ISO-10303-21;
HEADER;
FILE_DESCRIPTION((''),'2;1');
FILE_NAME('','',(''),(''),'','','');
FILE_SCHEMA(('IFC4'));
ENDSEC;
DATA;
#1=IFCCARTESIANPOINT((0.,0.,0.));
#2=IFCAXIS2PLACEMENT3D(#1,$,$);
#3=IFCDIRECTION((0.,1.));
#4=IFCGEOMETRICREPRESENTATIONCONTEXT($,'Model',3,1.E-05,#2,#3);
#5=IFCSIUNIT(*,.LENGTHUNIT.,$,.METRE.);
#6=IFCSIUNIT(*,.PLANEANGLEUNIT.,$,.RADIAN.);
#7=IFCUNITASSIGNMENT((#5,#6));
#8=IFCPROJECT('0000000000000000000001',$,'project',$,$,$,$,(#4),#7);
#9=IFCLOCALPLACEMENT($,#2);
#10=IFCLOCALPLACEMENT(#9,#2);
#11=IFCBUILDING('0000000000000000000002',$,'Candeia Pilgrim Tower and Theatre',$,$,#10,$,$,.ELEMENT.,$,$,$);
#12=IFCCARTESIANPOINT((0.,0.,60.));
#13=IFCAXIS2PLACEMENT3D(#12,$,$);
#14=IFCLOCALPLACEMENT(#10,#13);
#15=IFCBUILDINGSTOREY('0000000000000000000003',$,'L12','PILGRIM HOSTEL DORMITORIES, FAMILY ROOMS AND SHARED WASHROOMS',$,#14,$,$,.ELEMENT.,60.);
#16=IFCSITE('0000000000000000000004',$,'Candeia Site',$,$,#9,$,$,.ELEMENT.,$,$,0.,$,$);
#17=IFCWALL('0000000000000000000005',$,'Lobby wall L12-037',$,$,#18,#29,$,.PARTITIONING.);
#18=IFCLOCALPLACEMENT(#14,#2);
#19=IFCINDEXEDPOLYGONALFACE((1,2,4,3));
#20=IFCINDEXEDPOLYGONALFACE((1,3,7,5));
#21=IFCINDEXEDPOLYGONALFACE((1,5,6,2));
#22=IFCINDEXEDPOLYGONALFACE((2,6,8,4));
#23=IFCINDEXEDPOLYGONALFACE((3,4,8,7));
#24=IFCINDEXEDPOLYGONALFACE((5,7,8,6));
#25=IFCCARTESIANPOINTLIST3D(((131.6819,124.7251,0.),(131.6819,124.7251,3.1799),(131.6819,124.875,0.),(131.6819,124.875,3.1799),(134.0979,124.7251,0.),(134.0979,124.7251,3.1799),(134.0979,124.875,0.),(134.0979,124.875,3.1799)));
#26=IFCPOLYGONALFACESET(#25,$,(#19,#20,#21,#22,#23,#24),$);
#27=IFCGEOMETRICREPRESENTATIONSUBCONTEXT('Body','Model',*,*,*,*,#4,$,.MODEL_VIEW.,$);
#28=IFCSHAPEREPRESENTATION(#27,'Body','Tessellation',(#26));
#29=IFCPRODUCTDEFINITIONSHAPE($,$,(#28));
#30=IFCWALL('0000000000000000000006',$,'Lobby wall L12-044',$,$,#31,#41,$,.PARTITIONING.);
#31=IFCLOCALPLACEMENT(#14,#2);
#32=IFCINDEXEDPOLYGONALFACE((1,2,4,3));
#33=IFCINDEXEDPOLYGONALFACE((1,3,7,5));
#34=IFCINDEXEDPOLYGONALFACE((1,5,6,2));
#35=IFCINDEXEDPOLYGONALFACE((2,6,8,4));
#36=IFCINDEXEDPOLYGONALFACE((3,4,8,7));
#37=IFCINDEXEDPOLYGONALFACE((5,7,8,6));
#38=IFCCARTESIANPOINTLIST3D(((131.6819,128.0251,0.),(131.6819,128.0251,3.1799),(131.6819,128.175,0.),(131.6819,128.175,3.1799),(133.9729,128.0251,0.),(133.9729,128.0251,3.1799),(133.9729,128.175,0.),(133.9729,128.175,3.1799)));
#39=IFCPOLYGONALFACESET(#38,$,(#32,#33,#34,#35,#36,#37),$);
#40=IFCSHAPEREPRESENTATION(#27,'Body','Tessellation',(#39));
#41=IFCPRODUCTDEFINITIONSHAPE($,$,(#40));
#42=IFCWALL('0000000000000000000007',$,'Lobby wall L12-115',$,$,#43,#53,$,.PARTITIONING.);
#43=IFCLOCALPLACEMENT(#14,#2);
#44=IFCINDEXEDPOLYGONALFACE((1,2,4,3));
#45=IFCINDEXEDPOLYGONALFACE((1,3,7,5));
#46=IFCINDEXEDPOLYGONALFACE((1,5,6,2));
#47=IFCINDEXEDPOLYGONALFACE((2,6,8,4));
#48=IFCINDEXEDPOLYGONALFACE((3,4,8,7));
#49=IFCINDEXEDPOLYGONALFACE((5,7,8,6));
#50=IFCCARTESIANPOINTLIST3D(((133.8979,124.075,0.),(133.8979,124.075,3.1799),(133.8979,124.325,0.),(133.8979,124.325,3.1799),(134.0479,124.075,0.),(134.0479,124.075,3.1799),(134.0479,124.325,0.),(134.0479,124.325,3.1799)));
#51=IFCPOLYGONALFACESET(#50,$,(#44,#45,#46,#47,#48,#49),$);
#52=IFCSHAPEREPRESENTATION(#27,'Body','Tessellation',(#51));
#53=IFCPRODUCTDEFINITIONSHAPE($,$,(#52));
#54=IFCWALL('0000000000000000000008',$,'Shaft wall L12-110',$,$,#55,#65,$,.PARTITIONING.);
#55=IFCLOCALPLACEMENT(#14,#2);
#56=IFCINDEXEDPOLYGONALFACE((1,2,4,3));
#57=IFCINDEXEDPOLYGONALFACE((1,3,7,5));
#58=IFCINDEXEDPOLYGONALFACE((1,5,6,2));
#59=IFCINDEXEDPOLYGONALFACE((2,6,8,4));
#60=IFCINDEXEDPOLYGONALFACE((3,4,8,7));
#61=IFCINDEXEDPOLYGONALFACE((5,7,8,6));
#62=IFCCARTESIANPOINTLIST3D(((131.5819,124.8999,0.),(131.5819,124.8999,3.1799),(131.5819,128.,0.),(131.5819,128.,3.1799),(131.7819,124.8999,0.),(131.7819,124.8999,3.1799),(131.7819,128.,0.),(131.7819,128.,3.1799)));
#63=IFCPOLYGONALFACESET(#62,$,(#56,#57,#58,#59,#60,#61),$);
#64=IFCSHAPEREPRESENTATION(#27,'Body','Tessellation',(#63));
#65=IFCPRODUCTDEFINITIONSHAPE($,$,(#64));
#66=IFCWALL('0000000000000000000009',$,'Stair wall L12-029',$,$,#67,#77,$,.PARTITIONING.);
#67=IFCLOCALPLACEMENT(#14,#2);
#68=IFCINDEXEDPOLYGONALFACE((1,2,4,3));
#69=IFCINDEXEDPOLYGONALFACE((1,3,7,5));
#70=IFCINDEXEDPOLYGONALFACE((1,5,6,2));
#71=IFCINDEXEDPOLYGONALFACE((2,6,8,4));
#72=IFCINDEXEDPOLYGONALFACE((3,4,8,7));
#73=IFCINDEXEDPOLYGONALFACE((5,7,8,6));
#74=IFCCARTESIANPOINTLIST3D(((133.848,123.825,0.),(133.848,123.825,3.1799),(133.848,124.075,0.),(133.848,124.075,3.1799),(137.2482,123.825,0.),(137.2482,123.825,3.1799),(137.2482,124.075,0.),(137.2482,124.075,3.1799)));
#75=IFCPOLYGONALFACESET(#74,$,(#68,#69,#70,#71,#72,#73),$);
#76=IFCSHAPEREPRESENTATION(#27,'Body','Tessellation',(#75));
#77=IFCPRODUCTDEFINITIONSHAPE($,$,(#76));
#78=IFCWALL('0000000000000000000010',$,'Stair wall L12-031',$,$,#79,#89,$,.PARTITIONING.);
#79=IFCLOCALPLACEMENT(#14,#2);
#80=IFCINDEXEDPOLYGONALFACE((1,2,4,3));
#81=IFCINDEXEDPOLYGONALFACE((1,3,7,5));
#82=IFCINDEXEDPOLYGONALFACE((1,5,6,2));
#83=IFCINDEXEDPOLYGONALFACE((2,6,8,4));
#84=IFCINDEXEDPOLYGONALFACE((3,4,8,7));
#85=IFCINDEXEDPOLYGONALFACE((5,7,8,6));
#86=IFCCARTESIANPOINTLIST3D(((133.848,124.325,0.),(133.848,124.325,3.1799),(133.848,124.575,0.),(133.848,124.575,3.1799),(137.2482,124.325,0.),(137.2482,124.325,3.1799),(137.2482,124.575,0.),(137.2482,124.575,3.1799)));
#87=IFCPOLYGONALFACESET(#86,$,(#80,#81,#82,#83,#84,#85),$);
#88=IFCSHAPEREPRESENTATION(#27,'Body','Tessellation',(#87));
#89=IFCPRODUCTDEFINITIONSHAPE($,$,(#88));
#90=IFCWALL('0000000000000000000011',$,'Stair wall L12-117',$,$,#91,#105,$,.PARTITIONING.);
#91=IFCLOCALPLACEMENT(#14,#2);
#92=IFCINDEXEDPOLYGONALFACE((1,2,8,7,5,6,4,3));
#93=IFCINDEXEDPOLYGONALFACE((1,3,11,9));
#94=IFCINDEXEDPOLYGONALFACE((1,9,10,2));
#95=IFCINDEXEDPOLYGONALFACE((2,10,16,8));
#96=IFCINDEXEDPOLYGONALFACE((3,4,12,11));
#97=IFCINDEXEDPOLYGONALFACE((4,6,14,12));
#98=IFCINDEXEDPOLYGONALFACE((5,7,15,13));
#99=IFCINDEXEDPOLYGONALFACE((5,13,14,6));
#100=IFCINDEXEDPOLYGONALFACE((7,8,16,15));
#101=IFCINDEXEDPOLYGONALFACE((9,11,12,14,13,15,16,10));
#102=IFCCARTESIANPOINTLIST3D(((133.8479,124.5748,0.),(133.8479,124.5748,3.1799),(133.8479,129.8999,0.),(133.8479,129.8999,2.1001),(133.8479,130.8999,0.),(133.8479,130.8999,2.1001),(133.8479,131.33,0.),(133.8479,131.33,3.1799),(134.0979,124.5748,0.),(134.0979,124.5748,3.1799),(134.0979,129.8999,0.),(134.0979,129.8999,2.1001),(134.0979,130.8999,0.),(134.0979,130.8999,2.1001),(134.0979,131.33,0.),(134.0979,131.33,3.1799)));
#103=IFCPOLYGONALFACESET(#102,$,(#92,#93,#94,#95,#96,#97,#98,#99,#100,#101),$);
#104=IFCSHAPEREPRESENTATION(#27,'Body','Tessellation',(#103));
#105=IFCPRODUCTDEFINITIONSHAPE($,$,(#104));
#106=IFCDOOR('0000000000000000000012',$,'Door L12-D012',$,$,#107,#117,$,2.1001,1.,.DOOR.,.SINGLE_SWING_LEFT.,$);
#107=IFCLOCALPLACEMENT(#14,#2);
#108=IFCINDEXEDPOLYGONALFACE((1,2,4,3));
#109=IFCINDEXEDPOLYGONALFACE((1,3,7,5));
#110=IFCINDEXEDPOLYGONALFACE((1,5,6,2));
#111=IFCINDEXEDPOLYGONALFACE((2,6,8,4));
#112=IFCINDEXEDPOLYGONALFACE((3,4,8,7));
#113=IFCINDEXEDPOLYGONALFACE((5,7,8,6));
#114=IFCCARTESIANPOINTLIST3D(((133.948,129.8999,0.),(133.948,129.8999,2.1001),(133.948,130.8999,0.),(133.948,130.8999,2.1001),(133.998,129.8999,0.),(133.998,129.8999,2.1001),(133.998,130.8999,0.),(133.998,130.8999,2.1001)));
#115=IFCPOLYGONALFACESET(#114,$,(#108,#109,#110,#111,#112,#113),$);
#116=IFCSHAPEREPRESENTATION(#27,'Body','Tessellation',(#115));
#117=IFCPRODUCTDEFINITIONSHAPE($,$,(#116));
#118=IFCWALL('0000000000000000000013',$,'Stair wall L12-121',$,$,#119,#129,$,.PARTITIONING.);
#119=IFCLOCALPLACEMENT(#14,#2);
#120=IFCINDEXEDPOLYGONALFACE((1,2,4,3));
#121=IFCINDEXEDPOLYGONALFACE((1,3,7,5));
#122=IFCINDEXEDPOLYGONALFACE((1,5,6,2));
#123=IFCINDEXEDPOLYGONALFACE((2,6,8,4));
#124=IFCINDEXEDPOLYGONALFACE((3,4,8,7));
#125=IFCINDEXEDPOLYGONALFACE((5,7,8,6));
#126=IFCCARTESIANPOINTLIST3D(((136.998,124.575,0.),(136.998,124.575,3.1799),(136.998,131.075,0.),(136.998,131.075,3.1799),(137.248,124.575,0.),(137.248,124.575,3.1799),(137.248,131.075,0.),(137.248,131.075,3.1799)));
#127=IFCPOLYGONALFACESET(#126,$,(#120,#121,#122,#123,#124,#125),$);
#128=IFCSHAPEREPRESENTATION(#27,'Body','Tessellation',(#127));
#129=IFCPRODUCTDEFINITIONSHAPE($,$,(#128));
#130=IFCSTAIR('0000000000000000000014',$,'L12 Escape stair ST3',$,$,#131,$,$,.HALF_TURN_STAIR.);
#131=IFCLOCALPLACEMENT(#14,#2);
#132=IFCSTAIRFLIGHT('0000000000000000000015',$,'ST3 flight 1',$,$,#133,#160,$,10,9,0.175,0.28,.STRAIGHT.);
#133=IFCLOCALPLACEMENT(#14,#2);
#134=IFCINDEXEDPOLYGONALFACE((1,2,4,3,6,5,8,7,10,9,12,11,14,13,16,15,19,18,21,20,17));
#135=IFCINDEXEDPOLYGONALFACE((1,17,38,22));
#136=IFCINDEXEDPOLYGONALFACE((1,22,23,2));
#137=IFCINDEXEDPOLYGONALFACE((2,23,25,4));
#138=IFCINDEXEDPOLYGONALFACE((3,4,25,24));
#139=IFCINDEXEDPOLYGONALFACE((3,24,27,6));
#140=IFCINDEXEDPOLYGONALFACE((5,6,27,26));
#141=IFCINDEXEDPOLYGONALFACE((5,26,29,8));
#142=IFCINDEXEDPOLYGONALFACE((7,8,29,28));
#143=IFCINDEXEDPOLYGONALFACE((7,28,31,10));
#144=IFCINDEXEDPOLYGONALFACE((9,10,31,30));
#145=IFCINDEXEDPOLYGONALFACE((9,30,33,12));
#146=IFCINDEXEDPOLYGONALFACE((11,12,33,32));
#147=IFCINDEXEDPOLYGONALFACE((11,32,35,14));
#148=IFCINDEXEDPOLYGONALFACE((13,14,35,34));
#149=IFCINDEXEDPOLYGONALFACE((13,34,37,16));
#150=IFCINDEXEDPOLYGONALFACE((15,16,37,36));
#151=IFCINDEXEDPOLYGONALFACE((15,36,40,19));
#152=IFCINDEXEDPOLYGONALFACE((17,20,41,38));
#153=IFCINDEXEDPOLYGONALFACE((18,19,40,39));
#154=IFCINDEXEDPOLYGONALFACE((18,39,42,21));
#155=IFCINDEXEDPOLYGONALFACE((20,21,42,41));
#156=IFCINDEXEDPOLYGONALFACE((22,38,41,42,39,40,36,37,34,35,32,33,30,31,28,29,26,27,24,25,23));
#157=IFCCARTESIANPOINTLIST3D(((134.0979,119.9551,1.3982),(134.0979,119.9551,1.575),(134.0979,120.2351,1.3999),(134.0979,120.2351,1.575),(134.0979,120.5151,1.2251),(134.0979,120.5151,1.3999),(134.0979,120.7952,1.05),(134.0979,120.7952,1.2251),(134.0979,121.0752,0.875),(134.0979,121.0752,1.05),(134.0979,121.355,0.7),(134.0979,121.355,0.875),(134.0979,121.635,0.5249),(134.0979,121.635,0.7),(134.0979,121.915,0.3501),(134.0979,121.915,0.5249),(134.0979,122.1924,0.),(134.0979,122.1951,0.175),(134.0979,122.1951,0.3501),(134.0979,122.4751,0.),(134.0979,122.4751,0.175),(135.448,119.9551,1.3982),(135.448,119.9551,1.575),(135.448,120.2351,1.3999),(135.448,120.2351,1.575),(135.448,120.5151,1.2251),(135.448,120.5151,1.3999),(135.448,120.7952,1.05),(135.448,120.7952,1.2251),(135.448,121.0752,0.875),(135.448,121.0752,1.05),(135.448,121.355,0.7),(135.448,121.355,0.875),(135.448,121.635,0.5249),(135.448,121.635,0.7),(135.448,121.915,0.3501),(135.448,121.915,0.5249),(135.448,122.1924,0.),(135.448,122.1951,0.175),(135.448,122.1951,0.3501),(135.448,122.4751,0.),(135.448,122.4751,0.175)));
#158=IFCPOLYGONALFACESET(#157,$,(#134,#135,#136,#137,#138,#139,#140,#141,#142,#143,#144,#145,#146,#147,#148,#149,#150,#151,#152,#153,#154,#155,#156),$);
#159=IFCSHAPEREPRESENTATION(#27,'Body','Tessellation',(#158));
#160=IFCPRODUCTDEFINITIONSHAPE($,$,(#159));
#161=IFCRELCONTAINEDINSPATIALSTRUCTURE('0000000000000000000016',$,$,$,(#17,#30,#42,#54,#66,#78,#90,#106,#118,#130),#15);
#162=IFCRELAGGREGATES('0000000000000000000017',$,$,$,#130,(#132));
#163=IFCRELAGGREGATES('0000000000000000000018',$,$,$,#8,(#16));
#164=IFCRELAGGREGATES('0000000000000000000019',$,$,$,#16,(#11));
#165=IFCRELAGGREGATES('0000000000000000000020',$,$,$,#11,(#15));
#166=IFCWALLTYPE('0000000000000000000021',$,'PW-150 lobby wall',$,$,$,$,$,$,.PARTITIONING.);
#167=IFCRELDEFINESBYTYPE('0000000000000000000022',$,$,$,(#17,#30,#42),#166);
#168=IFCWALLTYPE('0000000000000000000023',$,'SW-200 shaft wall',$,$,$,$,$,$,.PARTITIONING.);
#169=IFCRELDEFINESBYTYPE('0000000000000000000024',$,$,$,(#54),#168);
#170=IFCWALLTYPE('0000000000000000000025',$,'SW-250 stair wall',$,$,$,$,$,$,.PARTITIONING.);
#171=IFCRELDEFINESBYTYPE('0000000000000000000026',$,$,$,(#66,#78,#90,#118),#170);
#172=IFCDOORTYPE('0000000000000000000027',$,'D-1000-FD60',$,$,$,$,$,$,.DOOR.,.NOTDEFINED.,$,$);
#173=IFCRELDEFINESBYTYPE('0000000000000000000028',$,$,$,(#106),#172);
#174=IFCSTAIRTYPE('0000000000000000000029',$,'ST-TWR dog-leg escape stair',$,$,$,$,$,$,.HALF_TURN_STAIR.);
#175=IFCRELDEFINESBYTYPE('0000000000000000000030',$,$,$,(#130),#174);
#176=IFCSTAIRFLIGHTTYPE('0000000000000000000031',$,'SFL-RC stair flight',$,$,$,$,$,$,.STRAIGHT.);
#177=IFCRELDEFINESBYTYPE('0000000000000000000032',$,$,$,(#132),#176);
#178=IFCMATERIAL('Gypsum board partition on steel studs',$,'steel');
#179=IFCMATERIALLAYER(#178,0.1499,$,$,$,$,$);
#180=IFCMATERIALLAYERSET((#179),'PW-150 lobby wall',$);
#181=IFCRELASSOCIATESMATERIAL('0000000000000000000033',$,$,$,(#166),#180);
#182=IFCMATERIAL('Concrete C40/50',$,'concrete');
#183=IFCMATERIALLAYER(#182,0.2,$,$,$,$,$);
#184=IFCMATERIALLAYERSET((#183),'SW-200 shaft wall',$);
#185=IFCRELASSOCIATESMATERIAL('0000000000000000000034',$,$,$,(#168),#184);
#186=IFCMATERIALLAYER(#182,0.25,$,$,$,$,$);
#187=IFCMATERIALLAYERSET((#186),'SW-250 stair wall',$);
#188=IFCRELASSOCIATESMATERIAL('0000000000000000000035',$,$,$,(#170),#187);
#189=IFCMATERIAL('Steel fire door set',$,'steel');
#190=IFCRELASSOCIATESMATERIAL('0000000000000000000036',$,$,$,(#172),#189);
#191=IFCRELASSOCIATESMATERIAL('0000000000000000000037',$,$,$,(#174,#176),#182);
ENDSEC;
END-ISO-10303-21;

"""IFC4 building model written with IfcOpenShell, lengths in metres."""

from ifc_helpers import new_model, si_unit, direction, frame, frame_2d, origin, place, context, subcontext, project, spatial, polyline, rectangle, outline, extrude, material, layer, layer_set, type_object, element, fill, aggregate, save


model = new_model("IFC4")

# Units and contexts
model_context = context("Model", 3, precision=1e-05, world=origin(), true_north=direction((0.0, 1.0)))
body_context = subcontext(model_context, "Body", "Model", "MODEL_VIEW")
ifc_project = project(units=[si_unit("LENGTHUNIT", "METRE"), si_unit("PLANEANGLEUNIT", "RADIAN")], contexts=[model_context])

# Site, building, storey
site_placement = place(None, origin())
site = spatial("IfcSite", under=ifc_project, at=site_placement, Name="Candeia Site", CompositionType="ELEMENT", RefElevation=0.0)
building_placement = place(site_placement, origin())
building = spatial("IfcBuilding", under=site, at=building_placement, Name="Candeia Pilgrim Tower and Theatre", CompositionType="ELEMENT")
storey_placement = place(building_placement, frame((0.0, 0.0, 60.0)))
storey = spatial("IfcBuildingStorey", under=building, at=storey_placement, Name="L12", Description="PILGRIM HOSTEL DORMITORIES, FAMILY ROOMS AND SHARED WASHROOMS", CompositionType="ELEMENT", Elevation=60.0)

# Walls
ifc_material_1 = material(Name="Gypsum board partition on steel studs", Category="steel")
ifc_layer_1 = layer(ifc_material_1, 0.1499)
ifc_layer_set_1 = layer_set([ifc_layer_1], Name="PW-150 lobby wall")
wall_type_1 = type_object("IfcWallType", Name="PW-150 lobby wall", PredefinedType="PARTITIONING", material=ifc_layer_set_1)
wall_1_placement = place(storey_placement, frame((131.6819, 124.8, 0.0), z_axis=(0.0, 0.0, 1.0), x_axis=(1.0, 0.0, 0.0)))
element("IfcWall", 1, at=wall_1_placement, inside=storey, type_object=wall_type_1, Name="Lobby wall L12-037", PredefinedType="PARTITIONING", context=body_context, shape_type="SweptSolid", body=[
    extrude(rectangle(XDim=2.416, YDim=0.1499, at=frame_2d((1.208, 0.0))), origin(), (0.0, 0.0, 1.0), 3.1799),
])
wall_2_placement = place(storey_placement, frame((131.6819, 128.1001, 0.0), z_axis=(0.0, 0.0, 1.0), x_axis=(1.0, 0.0, 0.0)))
element("IfcWall", 2, at=wall_2_placement, inside=storey, type_object=wall_type_1, Name="Lobby wall L12-044", PredefinedType="PARTITIONING", context=body_context, shape_type="SweptSolid", body=[
    extrude(rectangle(XDim=2.291, YDim=0.1499, at=frame_2d((1.1455, 0.0))), origin(), (0.0, 0.0, 1.0), 3.1799),
])
wall_3_placement = place(storey_placement, frame((133.9729, 124.075, 0.0), z_axis=(0.0, 0.0, 1.0), x_axis=(0.0, 1.0, 0.0)))
element("IfcWall", 3, at=wall_3_placement, inside=storey, type_object=wall_type_1, Name="Lobby wall L12-115", PredefinedType="PARTITIONING", context=body_context, shape_type="SweptSolid", body=[
    extrude(rectangle(XDim=0.25, YDim=0.1499, at=frame_2d((0.125, 0.0))), origin(), (0.0, 0.0, 1.0), 3.1799),
])
ifc_material_2 = material(Name="Concrete C40/50", Category="concrete")
ifc_layer_2 = layer(ifc_material_2, 0.2)
ifc_layer_set_2 = layer_set([ifc_layer_2], Name="SW-200 shaft wall")
wall_type_2 = type_object("IfcWallType", Name="SW-200 shaft wall", PredefinedType="PARTITIONING", material=ifc_layer_set_2)
wall_4_placement = place(storey_placement, frame((131.6819, 124.8999, 0.0), z_axis=(0.0, 0.0, 1.0), x_axis=(0.0, 1.0, 0.0)))
element("IfcWall", 4, at=wall_4_placement, inside=storey, type_object=wall_type_2, Name="Shaft wall L12-110", PredefinedType="PARTITIONING", context=body_context, shape_type="SweptSolid", body=[
    extrude(rectangle(XDim=3.1001, YDim=0.2, at=frame_2d((1.55, 0.0))), origin(), (0.0, 0.0, 1.0), 3.1799),
])
ifc_layer_3 = layer(ifc_material_2, 0.25)
ifc_layer_set_3 = layer_set([ifc_layer_3], Name="SW-250 stair wall")
wall_type_3 = type_object("IfcWallType", Name="SW-250 stair wall", PredefinedType="PARTITIONING", material=ifc_layer_set_3)
for number, where, z_axis, x_axis, name in (
    (5, (133.8479, 123.95, 0.0), (0.0, 0.0, 1.0), (1.0, 0.0, 0.0), "Stair wall L12-029"),
    (6, (133.8479, 124.45, 0.0), (0.0, 0.0, 1.0), (1.0, 0.0, 0.0), "Stair wall L12-031"),
):
    element("IfcWall", number, at=place(storey_placement, frame(where, z_axis=z_axis, x_axis=x_axis)), inside=storey, type_object=wall_type_3, Name=name, PredefinedType="PARTITIONING", context=body_context, shape_type="SweptSolid", body=[
        extrude(rectangle(XDim=3.4001, YDim=0.25, at=frame_2d((1.7002, 0.0))), origin(), (0.0, 0.0, 1.0), 3.1799),
    ])

# Wall, opening, door
wall_5_placement = place(storey_placement, frame((133.9729, 124.575, 0.0), z_axis=(0.0, 0.0, 1.0), x_axis=(0.0, 1.0, 0.0)))
wall_5 = element("IfcWall", 7, at=wall_5_placement, inside=storey, type_object=wall_type_3, Name="Stair wall L12-117", PredefinedType="PARTITIONING", context=body_context, shape_type="SweptSolid", body=[
    extrude(rectangle(XDim=6.7551, YDim=0.25, at=frame_2d((3.3774, 0.0))), origin(), (0.0, 0.0, 1.0), 3.1799),
])
opening_placement = place(wall_5_placement, frame((5.325, 0.0, 0.0)))
opening = element("IfcOpeningElement", 8, at=opening_placement, cuts=wall_5, PredefinedType="OPENING", context=body_context, shape_type="SweptSolid", body=[
    extrude(rectangle(XDim=1.0, YDim=2.1001, at=frame_2d((0.5, 1.05))), frame((0.0, 0.135, 0.0), z_axis=(0.0, -1.0, 0.0), x_axis=(1.0, 0.0, 0.0)), (0.0, 0.0, 1.0), 0.27),
])
ifc_material_3 = material(Name="Steel fire door set", Category="steel")
door_type = type_object("IfcDoorType", Name="D-1000-FD60", OperationType="NOTDEFINED", PredefinedType="DOOR", material=ifc_material_3)
door_placement = place(opening_placement, origin())
door = element("IfcDoor", 9, at=door_placement, inside=storey, type_object=door_type, Name="Door L12-D012", OperationType="SINGLE_SWING_LEFT", OverallHeight=2.1001, OverallWidth=1.0, PredefinedType="DOOR", context=body_context, shape_type="SweptSolid", body=[
    extrude(rectangle(XDim=1.0, YDim=2.1001, at=frame_2d((0.5, 1.05))), frame((0.0, 0.0249, 0.0), z_axis=(0.0, -1.0, 0.0), x_axis=(1.0, 0.0, 0.0)), (0.0, 0.0, 1.0), 0.05),
])
fill(opening, door)

# Wall
wall_6_placement = place(storey_placement, frame((137.123, 124.575, 0.0), z_axis=(0.0, 0.0, 1.0), x_axis=(0.0, 1.0, 0.0)))
element("IfcWall", 10, at=wall_6_placement, inside=storey, type_object=wall_type_3, Name="Stair wall L12-121", PredefinedType="PARTITIONING", context=body_context, shape_type="SweptSolid", body=[
    extrude(rectangle(XDim=6.5, YDim=0.25, at=frame_2d((3.25, 0.0))), origin(), (0.0, 0.0, 1.0), 3.1799),
])

# Stair, stair flight
stair_type = type_object("IfcStairType", Name="ST-TWR dog-leg escape stair", PredefinedType="HALF_TURN_STAIR", material=ifc_material_2)
stair_1_placement = place(storey_placement, origin())
stair_1 = element("IfcStair", 11, at=stair_1_placement, inside=storey, type_object=stair_type, Name="L12 Escape stair ST3", PredefinedType="HALF_TURN_STAIR")
stair_flight_type = type_object("IfcStairFlightType", Name="SFL-RC stair flight", PredefinedType="STRAIGHT", material=ifc_material_2)
stair_flight_1_placement = place(storey_placement, frame((134.7729, 122.4751, 0.0), z_axis=(0.0, 0.0, 1.0), x_axis=(0.0, -1.0, 0.0)))
stair_flight_1 = element("IfcStairFlight", 12, at=stair_flight_1_placement, type_object=stair_flight_type, Name="ST3 flight 1", NumberOfRisers=10, NumberOfTreads=9, PredefinedType="STRAIGHT", RiserHeight=0.175, TreadLength=0.28, context=body_context, shape_type="SweptSolid", body=[
    extrude(outline(polyline([(0.0, 0.0), (0.0, 0.175), (0.28, 0.175), (0.28, 0.3501), (0.5601, 0.3501), (0.5601, 0.5249), (0.8401, 0.5249), (0.8401, 0.7), (1.1201, 0.7), (1.1201, 0.875), (1.3999, 0.875), (1.3999, 1.05), (1.6799, 1.05), (1.6799, 1.2251), (1.96, 1.2251), (1.96, 1.3999), (2.24, 1.3999), (2.24, 1.575), (2.52, 1.575), (2.52, 1.75), (2.52, 1.3982), (0.2827, 0.0), (0.0, 0.0)])), frame((0.0, 0.675, 0.0), z_axis=(0.0, -1.0, 0.0), x_axis=(1.0, 0.0, 0.0)), (0.0, 0.0, 1.0), 1.3501),
])
aggregate(stair_1, [stair_flight_1])

save(model, "model.ifc")
